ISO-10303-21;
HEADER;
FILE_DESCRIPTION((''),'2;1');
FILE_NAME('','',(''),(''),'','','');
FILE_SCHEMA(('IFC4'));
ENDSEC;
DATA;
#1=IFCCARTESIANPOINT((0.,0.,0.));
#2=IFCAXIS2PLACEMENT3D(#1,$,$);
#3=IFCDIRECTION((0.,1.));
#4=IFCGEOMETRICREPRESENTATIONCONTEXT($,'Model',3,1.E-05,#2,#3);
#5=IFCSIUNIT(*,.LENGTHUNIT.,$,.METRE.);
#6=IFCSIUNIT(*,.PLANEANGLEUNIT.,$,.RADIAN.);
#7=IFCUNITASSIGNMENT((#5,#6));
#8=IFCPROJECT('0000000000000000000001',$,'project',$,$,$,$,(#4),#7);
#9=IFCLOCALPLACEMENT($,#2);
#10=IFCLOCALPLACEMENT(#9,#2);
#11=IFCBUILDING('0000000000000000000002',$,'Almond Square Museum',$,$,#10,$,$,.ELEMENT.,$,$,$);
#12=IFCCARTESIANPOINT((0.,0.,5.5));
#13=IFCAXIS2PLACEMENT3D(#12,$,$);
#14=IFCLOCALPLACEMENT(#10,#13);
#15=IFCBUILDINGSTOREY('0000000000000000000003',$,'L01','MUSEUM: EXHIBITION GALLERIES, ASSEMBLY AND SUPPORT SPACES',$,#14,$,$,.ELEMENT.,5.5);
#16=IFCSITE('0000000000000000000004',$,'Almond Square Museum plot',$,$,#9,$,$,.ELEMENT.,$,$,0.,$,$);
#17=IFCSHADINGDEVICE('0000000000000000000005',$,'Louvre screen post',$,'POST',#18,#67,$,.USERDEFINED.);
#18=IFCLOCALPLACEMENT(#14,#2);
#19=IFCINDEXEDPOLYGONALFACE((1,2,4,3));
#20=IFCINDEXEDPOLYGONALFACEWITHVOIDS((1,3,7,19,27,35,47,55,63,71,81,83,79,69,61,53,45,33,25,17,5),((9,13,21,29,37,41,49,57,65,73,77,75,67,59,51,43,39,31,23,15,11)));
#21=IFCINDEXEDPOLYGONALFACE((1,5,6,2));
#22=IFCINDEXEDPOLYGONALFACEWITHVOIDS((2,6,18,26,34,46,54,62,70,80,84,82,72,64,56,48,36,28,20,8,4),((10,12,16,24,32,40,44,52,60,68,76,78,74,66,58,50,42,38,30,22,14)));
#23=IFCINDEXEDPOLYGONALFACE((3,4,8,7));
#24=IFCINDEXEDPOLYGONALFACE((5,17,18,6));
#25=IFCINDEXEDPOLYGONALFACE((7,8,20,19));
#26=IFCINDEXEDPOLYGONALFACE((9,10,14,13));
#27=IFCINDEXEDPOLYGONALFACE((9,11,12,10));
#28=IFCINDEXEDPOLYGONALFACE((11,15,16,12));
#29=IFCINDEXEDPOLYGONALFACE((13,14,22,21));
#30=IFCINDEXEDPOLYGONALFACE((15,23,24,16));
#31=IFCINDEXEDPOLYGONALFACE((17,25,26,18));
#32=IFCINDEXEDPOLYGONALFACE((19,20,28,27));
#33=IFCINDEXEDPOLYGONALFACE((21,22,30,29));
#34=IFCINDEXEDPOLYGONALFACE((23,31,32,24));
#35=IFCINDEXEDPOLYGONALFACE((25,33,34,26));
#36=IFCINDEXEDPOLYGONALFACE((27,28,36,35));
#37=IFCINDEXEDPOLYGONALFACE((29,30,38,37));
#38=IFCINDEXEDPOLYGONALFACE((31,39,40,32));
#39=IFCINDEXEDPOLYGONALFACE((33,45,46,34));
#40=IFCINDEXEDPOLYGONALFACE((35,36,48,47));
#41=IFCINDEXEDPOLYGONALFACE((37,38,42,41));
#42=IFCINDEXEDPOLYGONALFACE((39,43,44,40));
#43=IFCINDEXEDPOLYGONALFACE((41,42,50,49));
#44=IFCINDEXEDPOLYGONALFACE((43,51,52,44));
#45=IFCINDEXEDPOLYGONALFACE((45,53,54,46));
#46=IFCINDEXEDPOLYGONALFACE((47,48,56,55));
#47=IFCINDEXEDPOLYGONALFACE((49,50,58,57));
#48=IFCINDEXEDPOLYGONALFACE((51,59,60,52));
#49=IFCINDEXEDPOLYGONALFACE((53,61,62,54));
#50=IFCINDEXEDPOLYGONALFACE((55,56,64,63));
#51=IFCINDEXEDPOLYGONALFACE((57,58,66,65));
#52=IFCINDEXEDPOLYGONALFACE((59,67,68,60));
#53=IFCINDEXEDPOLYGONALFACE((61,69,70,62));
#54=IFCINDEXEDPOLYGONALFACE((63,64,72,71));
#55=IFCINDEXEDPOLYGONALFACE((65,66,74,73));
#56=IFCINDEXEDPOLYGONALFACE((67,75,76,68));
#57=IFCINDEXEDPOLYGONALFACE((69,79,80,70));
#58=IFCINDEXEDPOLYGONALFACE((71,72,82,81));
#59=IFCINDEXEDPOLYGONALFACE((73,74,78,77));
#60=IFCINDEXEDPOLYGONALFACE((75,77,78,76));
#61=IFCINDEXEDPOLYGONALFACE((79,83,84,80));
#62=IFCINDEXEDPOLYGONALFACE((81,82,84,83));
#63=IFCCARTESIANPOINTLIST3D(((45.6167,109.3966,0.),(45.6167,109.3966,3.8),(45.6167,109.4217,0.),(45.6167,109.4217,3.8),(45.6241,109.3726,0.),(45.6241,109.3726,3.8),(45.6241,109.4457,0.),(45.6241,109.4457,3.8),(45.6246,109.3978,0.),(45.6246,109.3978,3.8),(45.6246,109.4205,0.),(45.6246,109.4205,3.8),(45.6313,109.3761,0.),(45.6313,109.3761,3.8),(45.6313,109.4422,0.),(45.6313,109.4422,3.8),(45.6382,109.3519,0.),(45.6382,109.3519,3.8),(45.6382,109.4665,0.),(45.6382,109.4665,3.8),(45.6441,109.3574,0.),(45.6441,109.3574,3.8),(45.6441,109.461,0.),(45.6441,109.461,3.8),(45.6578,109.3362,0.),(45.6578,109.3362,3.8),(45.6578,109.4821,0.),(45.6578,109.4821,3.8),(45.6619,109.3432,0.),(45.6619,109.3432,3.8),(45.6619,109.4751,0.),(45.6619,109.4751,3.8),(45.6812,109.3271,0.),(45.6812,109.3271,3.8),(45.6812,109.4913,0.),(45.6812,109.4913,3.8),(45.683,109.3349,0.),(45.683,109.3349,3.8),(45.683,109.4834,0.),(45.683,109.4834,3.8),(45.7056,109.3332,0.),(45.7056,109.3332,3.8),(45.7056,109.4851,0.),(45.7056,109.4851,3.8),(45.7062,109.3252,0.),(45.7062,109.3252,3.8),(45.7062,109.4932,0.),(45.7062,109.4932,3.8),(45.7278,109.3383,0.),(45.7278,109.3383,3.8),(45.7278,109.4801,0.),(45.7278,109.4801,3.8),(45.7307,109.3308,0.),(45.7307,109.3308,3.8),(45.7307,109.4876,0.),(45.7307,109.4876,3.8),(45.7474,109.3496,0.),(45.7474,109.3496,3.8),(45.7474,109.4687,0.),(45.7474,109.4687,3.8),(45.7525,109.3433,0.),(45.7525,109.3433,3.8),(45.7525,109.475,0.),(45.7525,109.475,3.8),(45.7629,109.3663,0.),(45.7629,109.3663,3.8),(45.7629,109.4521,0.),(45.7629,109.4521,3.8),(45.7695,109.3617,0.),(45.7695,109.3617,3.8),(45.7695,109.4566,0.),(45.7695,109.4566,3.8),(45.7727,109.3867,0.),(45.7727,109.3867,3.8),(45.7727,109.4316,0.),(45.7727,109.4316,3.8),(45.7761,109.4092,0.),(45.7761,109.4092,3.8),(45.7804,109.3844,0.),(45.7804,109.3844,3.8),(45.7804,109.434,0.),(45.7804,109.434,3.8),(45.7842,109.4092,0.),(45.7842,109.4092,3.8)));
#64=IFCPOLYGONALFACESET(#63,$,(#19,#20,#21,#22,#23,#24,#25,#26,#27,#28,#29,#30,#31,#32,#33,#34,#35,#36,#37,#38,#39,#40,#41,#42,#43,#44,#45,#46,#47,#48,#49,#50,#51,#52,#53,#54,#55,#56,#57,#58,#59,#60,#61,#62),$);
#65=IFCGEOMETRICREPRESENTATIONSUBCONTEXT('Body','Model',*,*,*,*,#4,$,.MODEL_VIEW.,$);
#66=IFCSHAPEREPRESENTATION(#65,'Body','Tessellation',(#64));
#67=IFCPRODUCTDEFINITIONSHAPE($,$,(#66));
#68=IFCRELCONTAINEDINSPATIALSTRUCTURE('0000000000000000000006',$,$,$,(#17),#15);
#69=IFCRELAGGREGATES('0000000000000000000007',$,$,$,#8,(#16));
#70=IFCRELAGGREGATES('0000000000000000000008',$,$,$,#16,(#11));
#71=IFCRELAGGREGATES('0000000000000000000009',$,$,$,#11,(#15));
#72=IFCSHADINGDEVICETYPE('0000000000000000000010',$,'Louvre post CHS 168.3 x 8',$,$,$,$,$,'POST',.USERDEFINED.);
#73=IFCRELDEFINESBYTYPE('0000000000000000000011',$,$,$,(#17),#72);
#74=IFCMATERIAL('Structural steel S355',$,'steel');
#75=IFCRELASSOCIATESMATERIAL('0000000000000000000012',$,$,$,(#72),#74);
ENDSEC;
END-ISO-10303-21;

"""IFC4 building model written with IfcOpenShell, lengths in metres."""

from ifc_helpers import new_model, si_unit, direction, frame, origin, origin_2d, place, context, subcontext, project, spatial, hollow_circle, extrude, material, material_profile, profile_set, type_object, element, save


model = new_model("IFC4")

# Units and contexts
model_context = context("Model", 3, precision=1e-05, world=origin(), true_north=direction((0.0, 1.0)))
body_context = subcontext(model_context, "Body", "Model", "MODEL_VIEW")
ifc_project = project(units=[si_unit("LENGTHUNIT", "METRE"), si_unit("PLANEANGLEUNIT", "RADIAN")], contexts=[model_context])

# Site, building, storey
site_placement = place(None, origin())
site = spatial("IfcSite", under=ifc_project, at=site_placement, Name="Almond Square Museum plot", CompositionType="ELEMENT", RefElevation=0.0)
building_placement = place(site_placement, origin())
building = spatial("IfcBuilding", under=site, at=building_placement, Name="Almond Square Museum", CompositionType="ELEMENT")
storey_placement = place(building_placement, frame((0.0, 0.0, 5.5)))
storey = spatial("IfcBuildingStorey", under=building, at=storey_placement, Name="L01", Description="MUSEUM: EXHIBITION GALLERIES, ASSEMBLY AND SUPPORT SPACES", CompositionType="ELEMENT", Elevation=5.5)

# Shading device
ifc_material_1 = material(Name="Structural steel S355", Category="steel")
ifc_material_profile_1 = material_profile(ifc_material_1, hollow_circle(Radius=0.0842, WallThickness=0.0081, at=origin_2d()))
ifc_profile_set_1 = profile_set([ifc_material_profile_1], Name="Structural steel S355")
shading_device_type = type_object("IfcShadingDeviceType", Name="Louvre post CHS 168.3 x 8", ElementType="POST", PredefinedType="USERDEFINED", material=ifc_profile_set_1)
for number, where, z_axis, x_axis, name in (
    (1, (45.7, 109.4092, 0.0), (0.0, 0.0, 1.0), (1.0, 0.0, 0.0), "Louvre screen post"),
):
    element("IfcShadingDevice", number, at=place(storey_placement, frame(where, z_axis=z_axis, x_axis=x_axis)), inside=storey, type_object=shading_device_type, Name=name, ObjectType="POST", PredefinedType="USERDEFINED", context=body_context, shape_type="SweptSolid", body=[
        extrude(hollow_circle(Radius=0.0842, WallThickness=0.0081, at=origin_2d()), origin(), (0.0, 0.0, 1.0), 3.8),
    ])

save(model, "model.ifc")
